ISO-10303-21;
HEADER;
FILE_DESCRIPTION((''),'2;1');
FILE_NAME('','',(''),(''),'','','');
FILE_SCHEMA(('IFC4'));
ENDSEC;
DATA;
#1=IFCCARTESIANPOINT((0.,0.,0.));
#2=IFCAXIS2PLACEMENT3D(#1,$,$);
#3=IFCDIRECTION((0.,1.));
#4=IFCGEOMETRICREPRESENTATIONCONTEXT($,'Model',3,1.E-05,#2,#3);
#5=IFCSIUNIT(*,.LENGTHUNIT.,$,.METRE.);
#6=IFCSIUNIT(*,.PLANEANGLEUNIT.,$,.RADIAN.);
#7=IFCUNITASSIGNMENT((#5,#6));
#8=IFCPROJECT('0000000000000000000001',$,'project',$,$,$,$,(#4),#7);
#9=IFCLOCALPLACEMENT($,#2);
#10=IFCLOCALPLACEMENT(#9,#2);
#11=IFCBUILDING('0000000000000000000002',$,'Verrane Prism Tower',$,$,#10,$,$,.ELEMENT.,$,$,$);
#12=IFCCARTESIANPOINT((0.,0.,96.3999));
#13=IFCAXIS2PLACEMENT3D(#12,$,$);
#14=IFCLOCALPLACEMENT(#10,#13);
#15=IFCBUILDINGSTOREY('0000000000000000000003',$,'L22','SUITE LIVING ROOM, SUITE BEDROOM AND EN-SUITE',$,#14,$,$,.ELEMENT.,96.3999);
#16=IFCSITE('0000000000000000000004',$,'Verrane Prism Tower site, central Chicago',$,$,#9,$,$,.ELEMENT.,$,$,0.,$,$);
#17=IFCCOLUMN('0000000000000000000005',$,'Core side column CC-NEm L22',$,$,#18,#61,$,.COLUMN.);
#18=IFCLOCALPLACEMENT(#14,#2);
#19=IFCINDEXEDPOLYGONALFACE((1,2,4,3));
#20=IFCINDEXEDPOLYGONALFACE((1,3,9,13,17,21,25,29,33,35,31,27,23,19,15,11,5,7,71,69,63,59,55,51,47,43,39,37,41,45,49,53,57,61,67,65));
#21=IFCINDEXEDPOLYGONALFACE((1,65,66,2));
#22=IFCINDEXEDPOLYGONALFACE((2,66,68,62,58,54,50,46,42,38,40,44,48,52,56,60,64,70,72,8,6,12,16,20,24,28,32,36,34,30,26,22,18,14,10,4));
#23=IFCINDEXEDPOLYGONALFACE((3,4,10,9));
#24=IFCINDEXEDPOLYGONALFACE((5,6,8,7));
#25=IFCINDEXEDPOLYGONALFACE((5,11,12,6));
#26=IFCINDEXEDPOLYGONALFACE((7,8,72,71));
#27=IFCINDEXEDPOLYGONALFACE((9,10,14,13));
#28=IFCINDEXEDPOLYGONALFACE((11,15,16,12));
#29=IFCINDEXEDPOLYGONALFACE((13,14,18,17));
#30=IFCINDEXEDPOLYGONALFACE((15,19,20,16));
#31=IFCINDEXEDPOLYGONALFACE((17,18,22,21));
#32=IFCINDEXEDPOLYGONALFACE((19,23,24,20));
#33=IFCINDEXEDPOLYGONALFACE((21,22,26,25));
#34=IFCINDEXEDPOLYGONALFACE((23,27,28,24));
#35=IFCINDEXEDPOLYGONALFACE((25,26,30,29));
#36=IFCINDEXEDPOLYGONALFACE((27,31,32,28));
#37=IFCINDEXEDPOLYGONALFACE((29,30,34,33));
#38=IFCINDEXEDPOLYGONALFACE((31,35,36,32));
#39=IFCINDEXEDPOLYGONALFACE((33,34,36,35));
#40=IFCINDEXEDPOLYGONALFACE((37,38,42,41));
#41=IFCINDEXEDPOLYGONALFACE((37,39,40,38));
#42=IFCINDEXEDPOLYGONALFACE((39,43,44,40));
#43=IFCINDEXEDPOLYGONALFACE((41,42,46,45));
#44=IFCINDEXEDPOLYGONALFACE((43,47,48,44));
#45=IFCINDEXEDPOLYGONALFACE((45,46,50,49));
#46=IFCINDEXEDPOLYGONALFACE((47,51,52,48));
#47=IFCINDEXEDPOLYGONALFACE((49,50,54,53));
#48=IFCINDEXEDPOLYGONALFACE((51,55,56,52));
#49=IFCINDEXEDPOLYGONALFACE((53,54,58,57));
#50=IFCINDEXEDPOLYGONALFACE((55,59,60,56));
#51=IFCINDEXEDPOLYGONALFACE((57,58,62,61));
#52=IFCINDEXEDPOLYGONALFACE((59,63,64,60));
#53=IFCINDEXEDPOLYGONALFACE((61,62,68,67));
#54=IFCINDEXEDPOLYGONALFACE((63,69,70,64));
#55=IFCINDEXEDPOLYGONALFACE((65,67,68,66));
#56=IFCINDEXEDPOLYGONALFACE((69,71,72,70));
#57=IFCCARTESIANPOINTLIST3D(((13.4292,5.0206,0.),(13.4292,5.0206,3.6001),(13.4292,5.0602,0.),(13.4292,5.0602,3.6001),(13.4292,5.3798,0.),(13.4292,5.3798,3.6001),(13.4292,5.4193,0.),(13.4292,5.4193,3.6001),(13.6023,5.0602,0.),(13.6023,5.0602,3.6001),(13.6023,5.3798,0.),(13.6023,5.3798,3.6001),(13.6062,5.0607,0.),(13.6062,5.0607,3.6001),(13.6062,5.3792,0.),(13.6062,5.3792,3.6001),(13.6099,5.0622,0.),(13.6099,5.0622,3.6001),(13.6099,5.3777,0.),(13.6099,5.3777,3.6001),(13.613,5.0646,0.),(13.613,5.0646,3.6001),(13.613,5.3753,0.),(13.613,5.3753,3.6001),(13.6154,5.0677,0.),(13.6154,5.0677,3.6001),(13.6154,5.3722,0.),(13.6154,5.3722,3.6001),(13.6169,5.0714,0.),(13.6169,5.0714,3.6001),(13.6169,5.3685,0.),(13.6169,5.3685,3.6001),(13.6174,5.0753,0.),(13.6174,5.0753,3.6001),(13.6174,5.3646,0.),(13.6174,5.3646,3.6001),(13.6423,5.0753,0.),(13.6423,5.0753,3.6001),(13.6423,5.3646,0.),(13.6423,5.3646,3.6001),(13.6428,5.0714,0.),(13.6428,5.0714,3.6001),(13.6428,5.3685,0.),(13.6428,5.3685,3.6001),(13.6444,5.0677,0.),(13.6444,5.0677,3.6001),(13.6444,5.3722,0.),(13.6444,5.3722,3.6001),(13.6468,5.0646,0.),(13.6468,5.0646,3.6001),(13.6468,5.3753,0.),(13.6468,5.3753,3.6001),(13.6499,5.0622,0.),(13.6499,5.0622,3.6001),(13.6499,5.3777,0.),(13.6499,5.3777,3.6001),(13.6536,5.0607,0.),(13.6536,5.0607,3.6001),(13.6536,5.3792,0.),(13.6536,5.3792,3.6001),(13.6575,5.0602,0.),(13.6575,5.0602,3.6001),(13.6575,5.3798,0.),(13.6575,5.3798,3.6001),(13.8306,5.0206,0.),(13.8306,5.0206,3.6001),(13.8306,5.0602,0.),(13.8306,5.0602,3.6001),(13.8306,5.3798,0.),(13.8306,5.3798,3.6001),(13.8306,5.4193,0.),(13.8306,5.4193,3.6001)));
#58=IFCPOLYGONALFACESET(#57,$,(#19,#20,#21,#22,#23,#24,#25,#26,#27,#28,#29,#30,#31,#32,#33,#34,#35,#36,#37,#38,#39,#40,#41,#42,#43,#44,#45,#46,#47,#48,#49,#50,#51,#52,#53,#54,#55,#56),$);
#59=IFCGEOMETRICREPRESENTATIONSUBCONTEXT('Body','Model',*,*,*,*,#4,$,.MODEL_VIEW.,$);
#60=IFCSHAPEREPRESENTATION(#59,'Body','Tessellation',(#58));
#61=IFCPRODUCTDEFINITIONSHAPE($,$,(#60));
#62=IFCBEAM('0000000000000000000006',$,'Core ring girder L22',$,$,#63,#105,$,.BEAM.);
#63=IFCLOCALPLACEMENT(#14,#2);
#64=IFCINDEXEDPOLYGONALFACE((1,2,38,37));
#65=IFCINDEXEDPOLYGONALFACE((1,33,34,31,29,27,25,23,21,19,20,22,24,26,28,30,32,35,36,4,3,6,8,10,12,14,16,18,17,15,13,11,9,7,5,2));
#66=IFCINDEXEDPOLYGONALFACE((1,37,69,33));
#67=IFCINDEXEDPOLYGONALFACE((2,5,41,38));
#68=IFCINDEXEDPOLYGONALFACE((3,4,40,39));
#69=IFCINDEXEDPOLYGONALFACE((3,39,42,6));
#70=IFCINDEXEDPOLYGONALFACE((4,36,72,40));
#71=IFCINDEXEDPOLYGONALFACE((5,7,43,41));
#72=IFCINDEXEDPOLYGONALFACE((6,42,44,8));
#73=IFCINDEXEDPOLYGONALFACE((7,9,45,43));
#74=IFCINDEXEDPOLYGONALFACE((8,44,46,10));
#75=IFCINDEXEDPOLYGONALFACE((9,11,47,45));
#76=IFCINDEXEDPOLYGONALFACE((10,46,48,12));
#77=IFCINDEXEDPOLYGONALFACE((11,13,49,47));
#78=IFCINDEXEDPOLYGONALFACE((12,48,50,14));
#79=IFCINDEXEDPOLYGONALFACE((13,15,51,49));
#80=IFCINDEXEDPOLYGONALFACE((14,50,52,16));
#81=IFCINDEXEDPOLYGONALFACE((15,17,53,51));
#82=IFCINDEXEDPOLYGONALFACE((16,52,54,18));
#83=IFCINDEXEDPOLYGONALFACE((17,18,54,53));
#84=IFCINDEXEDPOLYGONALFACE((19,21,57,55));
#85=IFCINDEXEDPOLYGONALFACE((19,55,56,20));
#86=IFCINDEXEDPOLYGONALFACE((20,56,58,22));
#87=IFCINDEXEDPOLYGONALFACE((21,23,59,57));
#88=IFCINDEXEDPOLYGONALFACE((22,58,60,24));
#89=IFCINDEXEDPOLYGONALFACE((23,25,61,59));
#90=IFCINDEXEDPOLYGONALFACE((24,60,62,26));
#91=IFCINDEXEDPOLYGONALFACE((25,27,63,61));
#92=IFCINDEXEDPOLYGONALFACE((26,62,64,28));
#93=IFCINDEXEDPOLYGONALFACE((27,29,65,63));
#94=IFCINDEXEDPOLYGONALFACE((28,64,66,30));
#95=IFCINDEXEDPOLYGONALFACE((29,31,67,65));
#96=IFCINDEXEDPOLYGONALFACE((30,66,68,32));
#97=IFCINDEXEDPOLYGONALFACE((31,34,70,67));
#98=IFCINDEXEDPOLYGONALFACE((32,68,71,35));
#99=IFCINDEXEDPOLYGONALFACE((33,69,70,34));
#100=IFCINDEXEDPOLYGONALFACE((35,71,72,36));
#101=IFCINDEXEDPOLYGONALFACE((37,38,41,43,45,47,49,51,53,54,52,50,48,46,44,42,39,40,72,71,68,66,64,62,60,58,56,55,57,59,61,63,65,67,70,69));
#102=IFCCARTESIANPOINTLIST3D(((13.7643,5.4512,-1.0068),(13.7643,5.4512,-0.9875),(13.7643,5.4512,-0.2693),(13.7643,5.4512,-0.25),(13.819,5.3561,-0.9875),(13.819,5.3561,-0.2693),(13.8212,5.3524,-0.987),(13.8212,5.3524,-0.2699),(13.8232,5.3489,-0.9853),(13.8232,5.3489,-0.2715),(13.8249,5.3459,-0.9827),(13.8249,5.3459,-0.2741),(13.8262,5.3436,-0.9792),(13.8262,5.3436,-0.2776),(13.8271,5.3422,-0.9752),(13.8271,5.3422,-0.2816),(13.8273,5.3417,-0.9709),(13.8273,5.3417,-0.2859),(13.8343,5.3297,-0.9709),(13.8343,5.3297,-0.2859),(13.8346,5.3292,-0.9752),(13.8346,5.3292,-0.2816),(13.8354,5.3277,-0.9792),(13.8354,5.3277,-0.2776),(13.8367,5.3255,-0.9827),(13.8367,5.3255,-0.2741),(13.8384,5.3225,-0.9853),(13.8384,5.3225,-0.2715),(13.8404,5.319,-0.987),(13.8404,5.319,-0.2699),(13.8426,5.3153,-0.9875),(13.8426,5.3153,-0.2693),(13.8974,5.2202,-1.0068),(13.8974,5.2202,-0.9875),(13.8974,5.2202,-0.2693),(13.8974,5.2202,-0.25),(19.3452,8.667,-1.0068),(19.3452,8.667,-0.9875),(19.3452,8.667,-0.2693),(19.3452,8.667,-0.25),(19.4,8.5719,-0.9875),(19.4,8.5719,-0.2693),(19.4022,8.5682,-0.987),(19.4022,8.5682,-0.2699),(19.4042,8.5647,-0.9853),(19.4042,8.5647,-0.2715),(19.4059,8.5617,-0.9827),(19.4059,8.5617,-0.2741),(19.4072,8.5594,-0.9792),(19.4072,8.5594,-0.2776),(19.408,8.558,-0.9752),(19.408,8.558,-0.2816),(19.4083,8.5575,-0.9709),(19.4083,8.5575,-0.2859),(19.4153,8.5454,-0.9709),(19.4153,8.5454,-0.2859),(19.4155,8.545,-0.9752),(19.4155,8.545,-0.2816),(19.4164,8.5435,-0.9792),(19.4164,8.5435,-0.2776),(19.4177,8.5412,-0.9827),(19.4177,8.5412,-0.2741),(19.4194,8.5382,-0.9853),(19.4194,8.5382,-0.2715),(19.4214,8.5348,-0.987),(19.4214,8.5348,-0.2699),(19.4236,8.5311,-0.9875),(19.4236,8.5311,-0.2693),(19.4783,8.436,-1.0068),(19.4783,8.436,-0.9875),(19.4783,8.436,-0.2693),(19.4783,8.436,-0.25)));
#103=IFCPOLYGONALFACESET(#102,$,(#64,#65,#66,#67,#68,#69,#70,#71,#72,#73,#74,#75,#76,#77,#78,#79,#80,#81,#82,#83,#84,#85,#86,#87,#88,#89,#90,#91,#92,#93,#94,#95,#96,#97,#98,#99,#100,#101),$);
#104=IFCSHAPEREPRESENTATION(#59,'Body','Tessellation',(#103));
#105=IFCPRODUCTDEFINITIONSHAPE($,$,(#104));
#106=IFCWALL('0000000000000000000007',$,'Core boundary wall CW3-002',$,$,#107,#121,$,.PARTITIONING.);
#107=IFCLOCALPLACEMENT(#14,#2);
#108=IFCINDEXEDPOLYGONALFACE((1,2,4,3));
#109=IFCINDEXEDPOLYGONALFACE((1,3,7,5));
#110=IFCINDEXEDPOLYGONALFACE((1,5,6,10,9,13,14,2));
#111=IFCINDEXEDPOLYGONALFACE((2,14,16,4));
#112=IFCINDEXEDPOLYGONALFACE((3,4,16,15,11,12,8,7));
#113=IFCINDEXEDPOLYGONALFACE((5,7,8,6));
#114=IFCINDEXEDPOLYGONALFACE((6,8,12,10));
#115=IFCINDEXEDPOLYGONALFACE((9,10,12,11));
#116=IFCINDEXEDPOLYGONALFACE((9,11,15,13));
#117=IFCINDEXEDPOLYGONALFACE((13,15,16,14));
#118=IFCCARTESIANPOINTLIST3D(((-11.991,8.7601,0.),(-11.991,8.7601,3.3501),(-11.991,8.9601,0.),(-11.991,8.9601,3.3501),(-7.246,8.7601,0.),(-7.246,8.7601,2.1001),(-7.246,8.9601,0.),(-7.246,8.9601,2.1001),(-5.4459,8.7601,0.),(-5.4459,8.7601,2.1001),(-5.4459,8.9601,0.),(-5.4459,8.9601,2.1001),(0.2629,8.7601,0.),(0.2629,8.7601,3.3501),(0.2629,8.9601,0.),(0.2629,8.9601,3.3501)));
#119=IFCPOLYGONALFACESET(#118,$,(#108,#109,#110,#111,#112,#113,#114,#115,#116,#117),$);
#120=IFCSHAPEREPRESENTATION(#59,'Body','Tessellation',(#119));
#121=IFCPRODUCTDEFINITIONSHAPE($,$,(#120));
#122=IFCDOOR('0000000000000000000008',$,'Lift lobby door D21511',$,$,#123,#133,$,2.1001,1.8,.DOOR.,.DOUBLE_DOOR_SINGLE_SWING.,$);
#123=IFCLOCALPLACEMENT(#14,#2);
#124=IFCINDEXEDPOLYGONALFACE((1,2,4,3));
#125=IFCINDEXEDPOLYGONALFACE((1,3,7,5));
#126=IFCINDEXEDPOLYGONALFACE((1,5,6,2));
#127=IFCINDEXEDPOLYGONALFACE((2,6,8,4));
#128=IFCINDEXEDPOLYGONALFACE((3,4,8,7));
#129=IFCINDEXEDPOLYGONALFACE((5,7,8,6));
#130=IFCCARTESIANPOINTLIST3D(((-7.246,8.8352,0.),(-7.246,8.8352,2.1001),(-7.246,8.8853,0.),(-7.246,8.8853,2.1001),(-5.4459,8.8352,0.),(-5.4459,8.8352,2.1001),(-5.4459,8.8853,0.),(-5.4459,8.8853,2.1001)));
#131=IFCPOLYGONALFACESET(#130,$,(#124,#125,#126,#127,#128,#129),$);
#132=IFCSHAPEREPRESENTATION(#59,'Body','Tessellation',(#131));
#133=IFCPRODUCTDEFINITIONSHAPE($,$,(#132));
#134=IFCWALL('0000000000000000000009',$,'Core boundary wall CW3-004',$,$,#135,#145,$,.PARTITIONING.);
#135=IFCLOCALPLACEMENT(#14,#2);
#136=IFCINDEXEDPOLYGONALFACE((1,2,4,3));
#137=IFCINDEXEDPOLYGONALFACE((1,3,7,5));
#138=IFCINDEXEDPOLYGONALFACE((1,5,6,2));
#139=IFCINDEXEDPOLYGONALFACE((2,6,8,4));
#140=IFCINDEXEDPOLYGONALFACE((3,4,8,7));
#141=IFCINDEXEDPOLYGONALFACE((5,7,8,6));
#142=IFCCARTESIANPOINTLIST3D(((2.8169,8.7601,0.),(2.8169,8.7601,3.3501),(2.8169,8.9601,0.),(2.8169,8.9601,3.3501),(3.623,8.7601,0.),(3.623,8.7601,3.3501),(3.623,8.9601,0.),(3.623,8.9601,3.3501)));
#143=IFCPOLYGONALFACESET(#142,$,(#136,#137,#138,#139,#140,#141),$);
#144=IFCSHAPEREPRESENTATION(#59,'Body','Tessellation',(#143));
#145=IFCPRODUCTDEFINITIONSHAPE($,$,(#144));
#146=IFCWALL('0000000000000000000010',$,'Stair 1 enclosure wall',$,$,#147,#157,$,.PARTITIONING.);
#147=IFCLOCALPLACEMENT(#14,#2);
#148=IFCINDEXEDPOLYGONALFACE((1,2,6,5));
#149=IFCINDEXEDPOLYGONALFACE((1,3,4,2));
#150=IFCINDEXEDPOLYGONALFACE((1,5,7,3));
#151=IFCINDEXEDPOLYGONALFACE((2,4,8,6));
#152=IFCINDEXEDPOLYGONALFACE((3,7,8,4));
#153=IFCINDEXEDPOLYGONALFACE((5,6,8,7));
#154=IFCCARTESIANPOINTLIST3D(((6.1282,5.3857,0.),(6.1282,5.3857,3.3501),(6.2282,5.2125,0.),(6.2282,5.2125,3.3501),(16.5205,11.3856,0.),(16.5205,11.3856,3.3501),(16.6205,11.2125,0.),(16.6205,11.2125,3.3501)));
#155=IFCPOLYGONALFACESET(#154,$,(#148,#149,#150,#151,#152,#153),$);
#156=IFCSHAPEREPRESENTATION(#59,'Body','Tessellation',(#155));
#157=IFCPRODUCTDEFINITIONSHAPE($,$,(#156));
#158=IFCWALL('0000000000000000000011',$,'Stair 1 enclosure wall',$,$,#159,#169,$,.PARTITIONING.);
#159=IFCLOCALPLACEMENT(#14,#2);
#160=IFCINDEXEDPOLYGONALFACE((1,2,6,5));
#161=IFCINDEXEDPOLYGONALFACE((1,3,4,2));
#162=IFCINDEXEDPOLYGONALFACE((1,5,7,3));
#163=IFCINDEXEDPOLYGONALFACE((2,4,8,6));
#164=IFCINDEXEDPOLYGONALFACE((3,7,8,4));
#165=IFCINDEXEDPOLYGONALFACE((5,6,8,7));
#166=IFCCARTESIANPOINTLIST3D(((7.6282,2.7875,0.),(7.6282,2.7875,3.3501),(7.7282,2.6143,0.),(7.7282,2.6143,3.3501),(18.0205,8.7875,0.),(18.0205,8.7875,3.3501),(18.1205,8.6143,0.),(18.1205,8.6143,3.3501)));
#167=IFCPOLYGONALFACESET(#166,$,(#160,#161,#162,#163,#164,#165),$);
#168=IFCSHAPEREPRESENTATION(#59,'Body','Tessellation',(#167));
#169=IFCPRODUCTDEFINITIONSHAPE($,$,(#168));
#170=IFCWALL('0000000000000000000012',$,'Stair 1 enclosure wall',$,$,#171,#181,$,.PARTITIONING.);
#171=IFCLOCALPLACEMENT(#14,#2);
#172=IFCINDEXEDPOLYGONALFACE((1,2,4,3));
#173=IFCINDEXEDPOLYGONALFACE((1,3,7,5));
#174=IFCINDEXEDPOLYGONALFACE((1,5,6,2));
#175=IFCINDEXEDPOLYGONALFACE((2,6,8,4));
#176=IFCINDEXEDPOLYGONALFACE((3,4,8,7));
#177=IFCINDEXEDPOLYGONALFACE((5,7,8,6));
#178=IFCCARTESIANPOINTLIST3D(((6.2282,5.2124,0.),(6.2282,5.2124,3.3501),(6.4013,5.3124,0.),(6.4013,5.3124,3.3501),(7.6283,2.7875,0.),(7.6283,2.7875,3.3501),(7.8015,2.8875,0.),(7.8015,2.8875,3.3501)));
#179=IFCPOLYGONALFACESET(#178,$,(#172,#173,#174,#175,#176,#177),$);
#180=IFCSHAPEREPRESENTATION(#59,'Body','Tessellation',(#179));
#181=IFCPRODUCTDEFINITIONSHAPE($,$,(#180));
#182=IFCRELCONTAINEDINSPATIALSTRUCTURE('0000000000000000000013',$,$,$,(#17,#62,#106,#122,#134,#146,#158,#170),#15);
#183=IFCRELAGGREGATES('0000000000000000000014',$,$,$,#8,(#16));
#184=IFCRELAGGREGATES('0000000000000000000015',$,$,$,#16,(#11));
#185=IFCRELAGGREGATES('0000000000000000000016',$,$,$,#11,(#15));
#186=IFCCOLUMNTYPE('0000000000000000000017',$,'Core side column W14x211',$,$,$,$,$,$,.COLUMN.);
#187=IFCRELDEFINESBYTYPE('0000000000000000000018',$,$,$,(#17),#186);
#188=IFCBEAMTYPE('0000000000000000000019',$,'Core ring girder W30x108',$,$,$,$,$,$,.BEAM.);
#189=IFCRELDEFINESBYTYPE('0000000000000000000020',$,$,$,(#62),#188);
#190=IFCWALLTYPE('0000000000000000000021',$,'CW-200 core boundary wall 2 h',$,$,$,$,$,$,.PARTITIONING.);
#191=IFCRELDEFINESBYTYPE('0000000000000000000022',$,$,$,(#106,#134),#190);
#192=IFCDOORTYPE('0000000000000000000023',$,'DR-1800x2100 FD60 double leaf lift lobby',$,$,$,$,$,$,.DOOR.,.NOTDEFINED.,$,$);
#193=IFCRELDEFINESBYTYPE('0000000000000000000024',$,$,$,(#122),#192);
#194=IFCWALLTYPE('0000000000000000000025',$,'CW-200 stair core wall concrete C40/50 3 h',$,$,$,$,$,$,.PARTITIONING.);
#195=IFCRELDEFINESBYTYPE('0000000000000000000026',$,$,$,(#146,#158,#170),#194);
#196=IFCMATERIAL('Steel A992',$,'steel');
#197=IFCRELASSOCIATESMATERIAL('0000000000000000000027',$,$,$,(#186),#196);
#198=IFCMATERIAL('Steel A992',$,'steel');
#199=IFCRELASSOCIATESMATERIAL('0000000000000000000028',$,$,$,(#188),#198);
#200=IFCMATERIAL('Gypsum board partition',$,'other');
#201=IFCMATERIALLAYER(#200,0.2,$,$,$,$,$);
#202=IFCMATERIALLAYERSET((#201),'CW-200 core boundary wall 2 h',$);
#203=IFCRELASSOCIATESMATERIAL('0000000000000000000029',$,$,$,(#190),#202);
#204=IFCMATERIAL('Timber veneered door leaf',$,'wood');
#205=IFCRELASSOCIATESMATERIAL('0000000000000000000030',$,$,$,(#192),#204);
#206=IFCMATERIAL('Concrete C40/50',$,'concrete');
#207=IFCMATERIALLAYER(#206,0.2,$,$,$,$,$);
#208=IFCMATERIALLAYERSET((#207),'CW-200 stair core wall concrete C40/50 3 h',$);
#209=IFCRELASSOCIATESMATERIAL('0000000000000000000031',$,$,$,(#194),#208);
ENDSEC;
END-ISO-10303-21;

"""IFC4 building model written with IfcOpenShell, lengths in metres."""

from ifc_helpers import new_model, si_unit, direction, frame, frame_2d, origin, origin_2d, place, context, subcontext, project, spatial, rectangle, i_section, extrude, material, layer, layer_set, material_profile, profile_set, type_object, element, fill, save


model = new_model("IFC4")

# Units and contexts
model_context = context("Model", 3, precision=1e-05, world=origin(), true_north=direction((0.0, 1.0)))
body_context = subcontext(model_context, "Body", "Model", "MODEL_VIEW")
ifc_project = project(units=[si_unit("LENGTHUNIT", "METRE"), si_unit("PLANEANGLEUNIT", "RADIAN")], contexts=[model_context])

# Site, building, storey
site_placement = place(None, origin())
site = spatial("IfcSite", under=ifc_project, at=site_placement, Name="Verrane Prism Tower site, central Chicago", CompositionType="ELEMENT", RefElevation=0.0)
building_placement = place(site_placement, origin())
building = spatial("IfcBuilding", under=site, at=building_placement, Name="Verrane Prism Tower", CompositionType="ELEMENT")
storey_placement = place(building_placement, frame((0.0, 0.0, 96.3999)))
storey = spatial("IfcBuildingStorey", under=building, at=storey_placement, Name="L22", Description="SUITE LIVING ROOM, SUITE BEDROOM AND EN-SUITE", CompositionType="ELEMENT", Elevation=96.3999)

# Column
ifc_material_1 = material(Name="Steel A992", Category="steel")
ifc_material_profile_1 = material_profile(ifc_material_1, i_section(OverallWidth=0.4014, OverallDepth=0.3987, WebThickness=0.0249, FlangeThickness=0.0396, FilletRadius=0.0151, at=origin_2d()), Name="W14x211")
ifc_profile_set_1 = profile_set([ifc_material_profile_1], Name="Steel A992")
column_type = type_object("IfcColumnType", Name="Core side column W14x211", PredefinedType="COLUMN", material=ifc_profile_set_1)
column_placement = place(storey_placement, frame((13.6299, 5.22, 0.0), z_axis=(0.0, 0.0, 1.0), x_axis=(1.0, 0.0, 0.0)))
element("IfcColumn", 1, at=column_placement, inside=storey, type_object=column_type, Name="Core side column CC-NEm L22", PredefinedType="COLUMN", context=body_context, shape_type="SweptSolid", body=[
    extrude(i_section(OverallWidth=0.4014, OverallDepth=0.3987, WebThickness=0.0249, FlangeThickness=0.0396, FilletRadius=0.0151, at=origin_2d()), origin(), (0.0, 0.0, 1.0), 3.6001),
])

# Beam
ifc_material_2 = material(Name="Steel A992", Category="steel")
ifc_material_profile_2 = material_profile(ifc_material_2, i_section(OverallWidth=0.2666, OverallDepth=0.7568, WebThickness=0.0139, FlangeThickness=0.0193, FilletRadius=0.0166, at=origin_2d()), Name="W30x108")
ifc_profile_set_2 = profile_set([ifc_material_profile_2], Name="Steel A992")
beam_type = type_object("IfcBeamType", Name="Core ring girder W30x108", PredefinedType="BEAM", material=ifc_profile_set_2)
beam_placement = place(storey_placement, frame((13.8308, 5.3357, -0.6284), z_axis=(0.866456, 0.499254, 0.0), x_axis=(-0.499254, 0.866456, 0.0)))
element("IfcBeam", 2, at=beam_placement, inside=storey, type_object=beam_type, Name="Core ring girder L22", PredefinedType="BEAM", context=body_context, shape_type="SweptSolid", body=[
    extrude(i_section(OverallWidth=0.2666, OverallDepth=0.7568, WebThickness=0.0139, FlangeThickness=0.0193, FilletRadius=0.0166, at=origin_2d()), origin(), (0.0, 0.0, 1.0), 6.4412),
])

# Wall, opening, door
ifc_material_3 = material(Name="Gypsum board partition", Category="other")
ifc_layer_1 = layer(ifc_material_3, 0.2)
ifc_layer_set_1 = layer_set([ifc_layer_1], Name="CW-200 core boundary wall 2 h")
wall_type_1 = type_object("IfcWallType", Name="CW-200 core boundary wall 2 h", PredefinedType="PARTITIONING", material=ifc_layer_set_1)
wall_1_placement = place(storey_placement, frame((0.2629, 8.8601, 0.0), z_axis=(0.0, 0.0, 1.0), x_axis=(-1.0, 0.0, 0.0)))
wall_1 = element("IfcWall", 3, at=wall_1_placement, inside=storey, type_object=wall_type_1, Name="Core boundary wall CW3-002", PredefinedType="PARTITIONING", context=body_context, shape_type="SweptSolid", body=[
    extrude(rectangle(XDim=12.2539, YDim=0.2, at=frame_2d((6.127, 0.0))), origin(), (0.0, 0.0, 1.0), 3.3501),
])
opening_1_placement = place(wall_1_placement, frame((5.709, 0.0, 0.0)))
opening_1 = element("IfcOpeningElement", 4, at=opening_1_placement, cuts=wall_1, PredefinedType="OPENING", context=body_context, shape_type="SweptSolid", body=[
    extrude(rectangle(XDim=1.8, YDim=2.1001, at=frame_2d((0.8999, 1.05))), frame((0.0, 0.1099, 0.0), z_axis=(0.0, -1.0, 0.0), x_axis=(1.0, 0.0, 0.0)), (0.0, 0.0, 1.0), 0.22),
])
ifc_material_4 = material(Name="Timber veneered door leaf", Category="wood")
door_type_1 = type_object("IfcDoorType", Name="DR-1800x2100 FD60 double leaf lift lobby", OperationType="NOTDEFINED", PredefinedType="DOOR", material=ifc_material_4)
door_1_placement = place(opening_1_placement, origin())
door_1 = element("IfcDoor", 5, at=door_1_placement, inside=storey, type_object=door_type_1, Name="Lift lobby door D21511", OperationType="DOUBLE_DOOR_SINGLE_SWING", OverallHeight=2.1001, OverallWidth=1.8, PredefinedType="DOOR", context=body_context, shape_type="SweptSolid", body=[
    extrude(rectangle(XDim=1.8, YDim=2.1001, at=frame_2d((0.8999, 1.05))), frame((0.0, 0.0249, 0.0), z_axis=(0.0, -1.0, 0.0), x_axis=(1.0, 0.0, 0.0)), (0.0, 0.0, 1.0), 0.05),
])
fill(opening_1, door_1)

# Walls
wall_2_placement = place(storey_placement, frame((2.8169, 8.8601, 0.0), z_axis=(0.0, 0.0, 1.0), x_axis=(1.0, 0.0, 0.0)))
element("IfcWall", 6, at=wall_2_placement, inside=storey, type_object=wall_type_1, Name="Core boundary wall CW3-004", PredefinedType="PARTITIONING", context=body_context, shape_type="SweptSolid", body=[
    extrude(rectangle(XDim=0.8062, YDim=0.2, at=frame_2d((0.4031, 0.0))), origin(), (0.0, 0.0, 1.0), 3.3501),
])
ifc_material_5 = material(Name="Concrete C40/50", Category="concrete")
ifc_layer_2 = layer(ifc_material_5, 0.2)
ifc_layer_set_2 = layer_set([ifc_layer_2], Name="CW-200 stair core wall concrete C40/50 3 h")
wall_type_2 = type_object("IfcWallType", Name="CW-200 stair core wall concrete C40/50 3 h", PredefinedType="PARTITIONING", material=ifc_layer_set_2)
for number, where, z_axis, x_axis, name in (
    (7, (6.1782, 5.2991, 0.0), (0.0, 0.0, 1.0), (0.866026, 0.499999, 0.0), "Stair 1 enclosure wall"),
    (8, (7.6782, 2.7009, 0.0), (0.0, 0.0, 1.0), (0.866026, 0.499999, 0.0), "Stair 1 enclosure wall"),
):
    element("IfcWall", number, at=place(storey_placement, frame(where, z_axis=z_axis, x_axis=x_axis)), inside=storey, type_object=wall_type_2, Name=name, PredefinedType="PARTITIONING", context=body_context, shape_type="SweptSolid", body=[
        extrude(rectangle(XDim=12.0, YDim=0.2, at=frame_2d((6.0, 0.0))), origin(), (0.0, 0.0, 1.0), 3.3501),
    ])
wall_3_placement = place(storey_placement, frame((7.7148, 2.8376, 0.0), z_axis=(0.0, 0.0, 1.0), x_axis=(-0.50005, 0.865997, 0.0)))
element("IfcWall", 9, at=wall_3_placement, inside=storey, type_object=wall_type_2, Name="Stair 1 enclosure wall", PredefinedType="PARTITIONING", context=body_context, shape_type="SweptSolid", body=[
    extrude(rectangle(XDim=2.8, YDim=0.2, at=frame_2d((1.3999, 0.0))), origin(), (0.0, 0.0, 1.0), 3.3501),
])

save(model, "model.ifc")
